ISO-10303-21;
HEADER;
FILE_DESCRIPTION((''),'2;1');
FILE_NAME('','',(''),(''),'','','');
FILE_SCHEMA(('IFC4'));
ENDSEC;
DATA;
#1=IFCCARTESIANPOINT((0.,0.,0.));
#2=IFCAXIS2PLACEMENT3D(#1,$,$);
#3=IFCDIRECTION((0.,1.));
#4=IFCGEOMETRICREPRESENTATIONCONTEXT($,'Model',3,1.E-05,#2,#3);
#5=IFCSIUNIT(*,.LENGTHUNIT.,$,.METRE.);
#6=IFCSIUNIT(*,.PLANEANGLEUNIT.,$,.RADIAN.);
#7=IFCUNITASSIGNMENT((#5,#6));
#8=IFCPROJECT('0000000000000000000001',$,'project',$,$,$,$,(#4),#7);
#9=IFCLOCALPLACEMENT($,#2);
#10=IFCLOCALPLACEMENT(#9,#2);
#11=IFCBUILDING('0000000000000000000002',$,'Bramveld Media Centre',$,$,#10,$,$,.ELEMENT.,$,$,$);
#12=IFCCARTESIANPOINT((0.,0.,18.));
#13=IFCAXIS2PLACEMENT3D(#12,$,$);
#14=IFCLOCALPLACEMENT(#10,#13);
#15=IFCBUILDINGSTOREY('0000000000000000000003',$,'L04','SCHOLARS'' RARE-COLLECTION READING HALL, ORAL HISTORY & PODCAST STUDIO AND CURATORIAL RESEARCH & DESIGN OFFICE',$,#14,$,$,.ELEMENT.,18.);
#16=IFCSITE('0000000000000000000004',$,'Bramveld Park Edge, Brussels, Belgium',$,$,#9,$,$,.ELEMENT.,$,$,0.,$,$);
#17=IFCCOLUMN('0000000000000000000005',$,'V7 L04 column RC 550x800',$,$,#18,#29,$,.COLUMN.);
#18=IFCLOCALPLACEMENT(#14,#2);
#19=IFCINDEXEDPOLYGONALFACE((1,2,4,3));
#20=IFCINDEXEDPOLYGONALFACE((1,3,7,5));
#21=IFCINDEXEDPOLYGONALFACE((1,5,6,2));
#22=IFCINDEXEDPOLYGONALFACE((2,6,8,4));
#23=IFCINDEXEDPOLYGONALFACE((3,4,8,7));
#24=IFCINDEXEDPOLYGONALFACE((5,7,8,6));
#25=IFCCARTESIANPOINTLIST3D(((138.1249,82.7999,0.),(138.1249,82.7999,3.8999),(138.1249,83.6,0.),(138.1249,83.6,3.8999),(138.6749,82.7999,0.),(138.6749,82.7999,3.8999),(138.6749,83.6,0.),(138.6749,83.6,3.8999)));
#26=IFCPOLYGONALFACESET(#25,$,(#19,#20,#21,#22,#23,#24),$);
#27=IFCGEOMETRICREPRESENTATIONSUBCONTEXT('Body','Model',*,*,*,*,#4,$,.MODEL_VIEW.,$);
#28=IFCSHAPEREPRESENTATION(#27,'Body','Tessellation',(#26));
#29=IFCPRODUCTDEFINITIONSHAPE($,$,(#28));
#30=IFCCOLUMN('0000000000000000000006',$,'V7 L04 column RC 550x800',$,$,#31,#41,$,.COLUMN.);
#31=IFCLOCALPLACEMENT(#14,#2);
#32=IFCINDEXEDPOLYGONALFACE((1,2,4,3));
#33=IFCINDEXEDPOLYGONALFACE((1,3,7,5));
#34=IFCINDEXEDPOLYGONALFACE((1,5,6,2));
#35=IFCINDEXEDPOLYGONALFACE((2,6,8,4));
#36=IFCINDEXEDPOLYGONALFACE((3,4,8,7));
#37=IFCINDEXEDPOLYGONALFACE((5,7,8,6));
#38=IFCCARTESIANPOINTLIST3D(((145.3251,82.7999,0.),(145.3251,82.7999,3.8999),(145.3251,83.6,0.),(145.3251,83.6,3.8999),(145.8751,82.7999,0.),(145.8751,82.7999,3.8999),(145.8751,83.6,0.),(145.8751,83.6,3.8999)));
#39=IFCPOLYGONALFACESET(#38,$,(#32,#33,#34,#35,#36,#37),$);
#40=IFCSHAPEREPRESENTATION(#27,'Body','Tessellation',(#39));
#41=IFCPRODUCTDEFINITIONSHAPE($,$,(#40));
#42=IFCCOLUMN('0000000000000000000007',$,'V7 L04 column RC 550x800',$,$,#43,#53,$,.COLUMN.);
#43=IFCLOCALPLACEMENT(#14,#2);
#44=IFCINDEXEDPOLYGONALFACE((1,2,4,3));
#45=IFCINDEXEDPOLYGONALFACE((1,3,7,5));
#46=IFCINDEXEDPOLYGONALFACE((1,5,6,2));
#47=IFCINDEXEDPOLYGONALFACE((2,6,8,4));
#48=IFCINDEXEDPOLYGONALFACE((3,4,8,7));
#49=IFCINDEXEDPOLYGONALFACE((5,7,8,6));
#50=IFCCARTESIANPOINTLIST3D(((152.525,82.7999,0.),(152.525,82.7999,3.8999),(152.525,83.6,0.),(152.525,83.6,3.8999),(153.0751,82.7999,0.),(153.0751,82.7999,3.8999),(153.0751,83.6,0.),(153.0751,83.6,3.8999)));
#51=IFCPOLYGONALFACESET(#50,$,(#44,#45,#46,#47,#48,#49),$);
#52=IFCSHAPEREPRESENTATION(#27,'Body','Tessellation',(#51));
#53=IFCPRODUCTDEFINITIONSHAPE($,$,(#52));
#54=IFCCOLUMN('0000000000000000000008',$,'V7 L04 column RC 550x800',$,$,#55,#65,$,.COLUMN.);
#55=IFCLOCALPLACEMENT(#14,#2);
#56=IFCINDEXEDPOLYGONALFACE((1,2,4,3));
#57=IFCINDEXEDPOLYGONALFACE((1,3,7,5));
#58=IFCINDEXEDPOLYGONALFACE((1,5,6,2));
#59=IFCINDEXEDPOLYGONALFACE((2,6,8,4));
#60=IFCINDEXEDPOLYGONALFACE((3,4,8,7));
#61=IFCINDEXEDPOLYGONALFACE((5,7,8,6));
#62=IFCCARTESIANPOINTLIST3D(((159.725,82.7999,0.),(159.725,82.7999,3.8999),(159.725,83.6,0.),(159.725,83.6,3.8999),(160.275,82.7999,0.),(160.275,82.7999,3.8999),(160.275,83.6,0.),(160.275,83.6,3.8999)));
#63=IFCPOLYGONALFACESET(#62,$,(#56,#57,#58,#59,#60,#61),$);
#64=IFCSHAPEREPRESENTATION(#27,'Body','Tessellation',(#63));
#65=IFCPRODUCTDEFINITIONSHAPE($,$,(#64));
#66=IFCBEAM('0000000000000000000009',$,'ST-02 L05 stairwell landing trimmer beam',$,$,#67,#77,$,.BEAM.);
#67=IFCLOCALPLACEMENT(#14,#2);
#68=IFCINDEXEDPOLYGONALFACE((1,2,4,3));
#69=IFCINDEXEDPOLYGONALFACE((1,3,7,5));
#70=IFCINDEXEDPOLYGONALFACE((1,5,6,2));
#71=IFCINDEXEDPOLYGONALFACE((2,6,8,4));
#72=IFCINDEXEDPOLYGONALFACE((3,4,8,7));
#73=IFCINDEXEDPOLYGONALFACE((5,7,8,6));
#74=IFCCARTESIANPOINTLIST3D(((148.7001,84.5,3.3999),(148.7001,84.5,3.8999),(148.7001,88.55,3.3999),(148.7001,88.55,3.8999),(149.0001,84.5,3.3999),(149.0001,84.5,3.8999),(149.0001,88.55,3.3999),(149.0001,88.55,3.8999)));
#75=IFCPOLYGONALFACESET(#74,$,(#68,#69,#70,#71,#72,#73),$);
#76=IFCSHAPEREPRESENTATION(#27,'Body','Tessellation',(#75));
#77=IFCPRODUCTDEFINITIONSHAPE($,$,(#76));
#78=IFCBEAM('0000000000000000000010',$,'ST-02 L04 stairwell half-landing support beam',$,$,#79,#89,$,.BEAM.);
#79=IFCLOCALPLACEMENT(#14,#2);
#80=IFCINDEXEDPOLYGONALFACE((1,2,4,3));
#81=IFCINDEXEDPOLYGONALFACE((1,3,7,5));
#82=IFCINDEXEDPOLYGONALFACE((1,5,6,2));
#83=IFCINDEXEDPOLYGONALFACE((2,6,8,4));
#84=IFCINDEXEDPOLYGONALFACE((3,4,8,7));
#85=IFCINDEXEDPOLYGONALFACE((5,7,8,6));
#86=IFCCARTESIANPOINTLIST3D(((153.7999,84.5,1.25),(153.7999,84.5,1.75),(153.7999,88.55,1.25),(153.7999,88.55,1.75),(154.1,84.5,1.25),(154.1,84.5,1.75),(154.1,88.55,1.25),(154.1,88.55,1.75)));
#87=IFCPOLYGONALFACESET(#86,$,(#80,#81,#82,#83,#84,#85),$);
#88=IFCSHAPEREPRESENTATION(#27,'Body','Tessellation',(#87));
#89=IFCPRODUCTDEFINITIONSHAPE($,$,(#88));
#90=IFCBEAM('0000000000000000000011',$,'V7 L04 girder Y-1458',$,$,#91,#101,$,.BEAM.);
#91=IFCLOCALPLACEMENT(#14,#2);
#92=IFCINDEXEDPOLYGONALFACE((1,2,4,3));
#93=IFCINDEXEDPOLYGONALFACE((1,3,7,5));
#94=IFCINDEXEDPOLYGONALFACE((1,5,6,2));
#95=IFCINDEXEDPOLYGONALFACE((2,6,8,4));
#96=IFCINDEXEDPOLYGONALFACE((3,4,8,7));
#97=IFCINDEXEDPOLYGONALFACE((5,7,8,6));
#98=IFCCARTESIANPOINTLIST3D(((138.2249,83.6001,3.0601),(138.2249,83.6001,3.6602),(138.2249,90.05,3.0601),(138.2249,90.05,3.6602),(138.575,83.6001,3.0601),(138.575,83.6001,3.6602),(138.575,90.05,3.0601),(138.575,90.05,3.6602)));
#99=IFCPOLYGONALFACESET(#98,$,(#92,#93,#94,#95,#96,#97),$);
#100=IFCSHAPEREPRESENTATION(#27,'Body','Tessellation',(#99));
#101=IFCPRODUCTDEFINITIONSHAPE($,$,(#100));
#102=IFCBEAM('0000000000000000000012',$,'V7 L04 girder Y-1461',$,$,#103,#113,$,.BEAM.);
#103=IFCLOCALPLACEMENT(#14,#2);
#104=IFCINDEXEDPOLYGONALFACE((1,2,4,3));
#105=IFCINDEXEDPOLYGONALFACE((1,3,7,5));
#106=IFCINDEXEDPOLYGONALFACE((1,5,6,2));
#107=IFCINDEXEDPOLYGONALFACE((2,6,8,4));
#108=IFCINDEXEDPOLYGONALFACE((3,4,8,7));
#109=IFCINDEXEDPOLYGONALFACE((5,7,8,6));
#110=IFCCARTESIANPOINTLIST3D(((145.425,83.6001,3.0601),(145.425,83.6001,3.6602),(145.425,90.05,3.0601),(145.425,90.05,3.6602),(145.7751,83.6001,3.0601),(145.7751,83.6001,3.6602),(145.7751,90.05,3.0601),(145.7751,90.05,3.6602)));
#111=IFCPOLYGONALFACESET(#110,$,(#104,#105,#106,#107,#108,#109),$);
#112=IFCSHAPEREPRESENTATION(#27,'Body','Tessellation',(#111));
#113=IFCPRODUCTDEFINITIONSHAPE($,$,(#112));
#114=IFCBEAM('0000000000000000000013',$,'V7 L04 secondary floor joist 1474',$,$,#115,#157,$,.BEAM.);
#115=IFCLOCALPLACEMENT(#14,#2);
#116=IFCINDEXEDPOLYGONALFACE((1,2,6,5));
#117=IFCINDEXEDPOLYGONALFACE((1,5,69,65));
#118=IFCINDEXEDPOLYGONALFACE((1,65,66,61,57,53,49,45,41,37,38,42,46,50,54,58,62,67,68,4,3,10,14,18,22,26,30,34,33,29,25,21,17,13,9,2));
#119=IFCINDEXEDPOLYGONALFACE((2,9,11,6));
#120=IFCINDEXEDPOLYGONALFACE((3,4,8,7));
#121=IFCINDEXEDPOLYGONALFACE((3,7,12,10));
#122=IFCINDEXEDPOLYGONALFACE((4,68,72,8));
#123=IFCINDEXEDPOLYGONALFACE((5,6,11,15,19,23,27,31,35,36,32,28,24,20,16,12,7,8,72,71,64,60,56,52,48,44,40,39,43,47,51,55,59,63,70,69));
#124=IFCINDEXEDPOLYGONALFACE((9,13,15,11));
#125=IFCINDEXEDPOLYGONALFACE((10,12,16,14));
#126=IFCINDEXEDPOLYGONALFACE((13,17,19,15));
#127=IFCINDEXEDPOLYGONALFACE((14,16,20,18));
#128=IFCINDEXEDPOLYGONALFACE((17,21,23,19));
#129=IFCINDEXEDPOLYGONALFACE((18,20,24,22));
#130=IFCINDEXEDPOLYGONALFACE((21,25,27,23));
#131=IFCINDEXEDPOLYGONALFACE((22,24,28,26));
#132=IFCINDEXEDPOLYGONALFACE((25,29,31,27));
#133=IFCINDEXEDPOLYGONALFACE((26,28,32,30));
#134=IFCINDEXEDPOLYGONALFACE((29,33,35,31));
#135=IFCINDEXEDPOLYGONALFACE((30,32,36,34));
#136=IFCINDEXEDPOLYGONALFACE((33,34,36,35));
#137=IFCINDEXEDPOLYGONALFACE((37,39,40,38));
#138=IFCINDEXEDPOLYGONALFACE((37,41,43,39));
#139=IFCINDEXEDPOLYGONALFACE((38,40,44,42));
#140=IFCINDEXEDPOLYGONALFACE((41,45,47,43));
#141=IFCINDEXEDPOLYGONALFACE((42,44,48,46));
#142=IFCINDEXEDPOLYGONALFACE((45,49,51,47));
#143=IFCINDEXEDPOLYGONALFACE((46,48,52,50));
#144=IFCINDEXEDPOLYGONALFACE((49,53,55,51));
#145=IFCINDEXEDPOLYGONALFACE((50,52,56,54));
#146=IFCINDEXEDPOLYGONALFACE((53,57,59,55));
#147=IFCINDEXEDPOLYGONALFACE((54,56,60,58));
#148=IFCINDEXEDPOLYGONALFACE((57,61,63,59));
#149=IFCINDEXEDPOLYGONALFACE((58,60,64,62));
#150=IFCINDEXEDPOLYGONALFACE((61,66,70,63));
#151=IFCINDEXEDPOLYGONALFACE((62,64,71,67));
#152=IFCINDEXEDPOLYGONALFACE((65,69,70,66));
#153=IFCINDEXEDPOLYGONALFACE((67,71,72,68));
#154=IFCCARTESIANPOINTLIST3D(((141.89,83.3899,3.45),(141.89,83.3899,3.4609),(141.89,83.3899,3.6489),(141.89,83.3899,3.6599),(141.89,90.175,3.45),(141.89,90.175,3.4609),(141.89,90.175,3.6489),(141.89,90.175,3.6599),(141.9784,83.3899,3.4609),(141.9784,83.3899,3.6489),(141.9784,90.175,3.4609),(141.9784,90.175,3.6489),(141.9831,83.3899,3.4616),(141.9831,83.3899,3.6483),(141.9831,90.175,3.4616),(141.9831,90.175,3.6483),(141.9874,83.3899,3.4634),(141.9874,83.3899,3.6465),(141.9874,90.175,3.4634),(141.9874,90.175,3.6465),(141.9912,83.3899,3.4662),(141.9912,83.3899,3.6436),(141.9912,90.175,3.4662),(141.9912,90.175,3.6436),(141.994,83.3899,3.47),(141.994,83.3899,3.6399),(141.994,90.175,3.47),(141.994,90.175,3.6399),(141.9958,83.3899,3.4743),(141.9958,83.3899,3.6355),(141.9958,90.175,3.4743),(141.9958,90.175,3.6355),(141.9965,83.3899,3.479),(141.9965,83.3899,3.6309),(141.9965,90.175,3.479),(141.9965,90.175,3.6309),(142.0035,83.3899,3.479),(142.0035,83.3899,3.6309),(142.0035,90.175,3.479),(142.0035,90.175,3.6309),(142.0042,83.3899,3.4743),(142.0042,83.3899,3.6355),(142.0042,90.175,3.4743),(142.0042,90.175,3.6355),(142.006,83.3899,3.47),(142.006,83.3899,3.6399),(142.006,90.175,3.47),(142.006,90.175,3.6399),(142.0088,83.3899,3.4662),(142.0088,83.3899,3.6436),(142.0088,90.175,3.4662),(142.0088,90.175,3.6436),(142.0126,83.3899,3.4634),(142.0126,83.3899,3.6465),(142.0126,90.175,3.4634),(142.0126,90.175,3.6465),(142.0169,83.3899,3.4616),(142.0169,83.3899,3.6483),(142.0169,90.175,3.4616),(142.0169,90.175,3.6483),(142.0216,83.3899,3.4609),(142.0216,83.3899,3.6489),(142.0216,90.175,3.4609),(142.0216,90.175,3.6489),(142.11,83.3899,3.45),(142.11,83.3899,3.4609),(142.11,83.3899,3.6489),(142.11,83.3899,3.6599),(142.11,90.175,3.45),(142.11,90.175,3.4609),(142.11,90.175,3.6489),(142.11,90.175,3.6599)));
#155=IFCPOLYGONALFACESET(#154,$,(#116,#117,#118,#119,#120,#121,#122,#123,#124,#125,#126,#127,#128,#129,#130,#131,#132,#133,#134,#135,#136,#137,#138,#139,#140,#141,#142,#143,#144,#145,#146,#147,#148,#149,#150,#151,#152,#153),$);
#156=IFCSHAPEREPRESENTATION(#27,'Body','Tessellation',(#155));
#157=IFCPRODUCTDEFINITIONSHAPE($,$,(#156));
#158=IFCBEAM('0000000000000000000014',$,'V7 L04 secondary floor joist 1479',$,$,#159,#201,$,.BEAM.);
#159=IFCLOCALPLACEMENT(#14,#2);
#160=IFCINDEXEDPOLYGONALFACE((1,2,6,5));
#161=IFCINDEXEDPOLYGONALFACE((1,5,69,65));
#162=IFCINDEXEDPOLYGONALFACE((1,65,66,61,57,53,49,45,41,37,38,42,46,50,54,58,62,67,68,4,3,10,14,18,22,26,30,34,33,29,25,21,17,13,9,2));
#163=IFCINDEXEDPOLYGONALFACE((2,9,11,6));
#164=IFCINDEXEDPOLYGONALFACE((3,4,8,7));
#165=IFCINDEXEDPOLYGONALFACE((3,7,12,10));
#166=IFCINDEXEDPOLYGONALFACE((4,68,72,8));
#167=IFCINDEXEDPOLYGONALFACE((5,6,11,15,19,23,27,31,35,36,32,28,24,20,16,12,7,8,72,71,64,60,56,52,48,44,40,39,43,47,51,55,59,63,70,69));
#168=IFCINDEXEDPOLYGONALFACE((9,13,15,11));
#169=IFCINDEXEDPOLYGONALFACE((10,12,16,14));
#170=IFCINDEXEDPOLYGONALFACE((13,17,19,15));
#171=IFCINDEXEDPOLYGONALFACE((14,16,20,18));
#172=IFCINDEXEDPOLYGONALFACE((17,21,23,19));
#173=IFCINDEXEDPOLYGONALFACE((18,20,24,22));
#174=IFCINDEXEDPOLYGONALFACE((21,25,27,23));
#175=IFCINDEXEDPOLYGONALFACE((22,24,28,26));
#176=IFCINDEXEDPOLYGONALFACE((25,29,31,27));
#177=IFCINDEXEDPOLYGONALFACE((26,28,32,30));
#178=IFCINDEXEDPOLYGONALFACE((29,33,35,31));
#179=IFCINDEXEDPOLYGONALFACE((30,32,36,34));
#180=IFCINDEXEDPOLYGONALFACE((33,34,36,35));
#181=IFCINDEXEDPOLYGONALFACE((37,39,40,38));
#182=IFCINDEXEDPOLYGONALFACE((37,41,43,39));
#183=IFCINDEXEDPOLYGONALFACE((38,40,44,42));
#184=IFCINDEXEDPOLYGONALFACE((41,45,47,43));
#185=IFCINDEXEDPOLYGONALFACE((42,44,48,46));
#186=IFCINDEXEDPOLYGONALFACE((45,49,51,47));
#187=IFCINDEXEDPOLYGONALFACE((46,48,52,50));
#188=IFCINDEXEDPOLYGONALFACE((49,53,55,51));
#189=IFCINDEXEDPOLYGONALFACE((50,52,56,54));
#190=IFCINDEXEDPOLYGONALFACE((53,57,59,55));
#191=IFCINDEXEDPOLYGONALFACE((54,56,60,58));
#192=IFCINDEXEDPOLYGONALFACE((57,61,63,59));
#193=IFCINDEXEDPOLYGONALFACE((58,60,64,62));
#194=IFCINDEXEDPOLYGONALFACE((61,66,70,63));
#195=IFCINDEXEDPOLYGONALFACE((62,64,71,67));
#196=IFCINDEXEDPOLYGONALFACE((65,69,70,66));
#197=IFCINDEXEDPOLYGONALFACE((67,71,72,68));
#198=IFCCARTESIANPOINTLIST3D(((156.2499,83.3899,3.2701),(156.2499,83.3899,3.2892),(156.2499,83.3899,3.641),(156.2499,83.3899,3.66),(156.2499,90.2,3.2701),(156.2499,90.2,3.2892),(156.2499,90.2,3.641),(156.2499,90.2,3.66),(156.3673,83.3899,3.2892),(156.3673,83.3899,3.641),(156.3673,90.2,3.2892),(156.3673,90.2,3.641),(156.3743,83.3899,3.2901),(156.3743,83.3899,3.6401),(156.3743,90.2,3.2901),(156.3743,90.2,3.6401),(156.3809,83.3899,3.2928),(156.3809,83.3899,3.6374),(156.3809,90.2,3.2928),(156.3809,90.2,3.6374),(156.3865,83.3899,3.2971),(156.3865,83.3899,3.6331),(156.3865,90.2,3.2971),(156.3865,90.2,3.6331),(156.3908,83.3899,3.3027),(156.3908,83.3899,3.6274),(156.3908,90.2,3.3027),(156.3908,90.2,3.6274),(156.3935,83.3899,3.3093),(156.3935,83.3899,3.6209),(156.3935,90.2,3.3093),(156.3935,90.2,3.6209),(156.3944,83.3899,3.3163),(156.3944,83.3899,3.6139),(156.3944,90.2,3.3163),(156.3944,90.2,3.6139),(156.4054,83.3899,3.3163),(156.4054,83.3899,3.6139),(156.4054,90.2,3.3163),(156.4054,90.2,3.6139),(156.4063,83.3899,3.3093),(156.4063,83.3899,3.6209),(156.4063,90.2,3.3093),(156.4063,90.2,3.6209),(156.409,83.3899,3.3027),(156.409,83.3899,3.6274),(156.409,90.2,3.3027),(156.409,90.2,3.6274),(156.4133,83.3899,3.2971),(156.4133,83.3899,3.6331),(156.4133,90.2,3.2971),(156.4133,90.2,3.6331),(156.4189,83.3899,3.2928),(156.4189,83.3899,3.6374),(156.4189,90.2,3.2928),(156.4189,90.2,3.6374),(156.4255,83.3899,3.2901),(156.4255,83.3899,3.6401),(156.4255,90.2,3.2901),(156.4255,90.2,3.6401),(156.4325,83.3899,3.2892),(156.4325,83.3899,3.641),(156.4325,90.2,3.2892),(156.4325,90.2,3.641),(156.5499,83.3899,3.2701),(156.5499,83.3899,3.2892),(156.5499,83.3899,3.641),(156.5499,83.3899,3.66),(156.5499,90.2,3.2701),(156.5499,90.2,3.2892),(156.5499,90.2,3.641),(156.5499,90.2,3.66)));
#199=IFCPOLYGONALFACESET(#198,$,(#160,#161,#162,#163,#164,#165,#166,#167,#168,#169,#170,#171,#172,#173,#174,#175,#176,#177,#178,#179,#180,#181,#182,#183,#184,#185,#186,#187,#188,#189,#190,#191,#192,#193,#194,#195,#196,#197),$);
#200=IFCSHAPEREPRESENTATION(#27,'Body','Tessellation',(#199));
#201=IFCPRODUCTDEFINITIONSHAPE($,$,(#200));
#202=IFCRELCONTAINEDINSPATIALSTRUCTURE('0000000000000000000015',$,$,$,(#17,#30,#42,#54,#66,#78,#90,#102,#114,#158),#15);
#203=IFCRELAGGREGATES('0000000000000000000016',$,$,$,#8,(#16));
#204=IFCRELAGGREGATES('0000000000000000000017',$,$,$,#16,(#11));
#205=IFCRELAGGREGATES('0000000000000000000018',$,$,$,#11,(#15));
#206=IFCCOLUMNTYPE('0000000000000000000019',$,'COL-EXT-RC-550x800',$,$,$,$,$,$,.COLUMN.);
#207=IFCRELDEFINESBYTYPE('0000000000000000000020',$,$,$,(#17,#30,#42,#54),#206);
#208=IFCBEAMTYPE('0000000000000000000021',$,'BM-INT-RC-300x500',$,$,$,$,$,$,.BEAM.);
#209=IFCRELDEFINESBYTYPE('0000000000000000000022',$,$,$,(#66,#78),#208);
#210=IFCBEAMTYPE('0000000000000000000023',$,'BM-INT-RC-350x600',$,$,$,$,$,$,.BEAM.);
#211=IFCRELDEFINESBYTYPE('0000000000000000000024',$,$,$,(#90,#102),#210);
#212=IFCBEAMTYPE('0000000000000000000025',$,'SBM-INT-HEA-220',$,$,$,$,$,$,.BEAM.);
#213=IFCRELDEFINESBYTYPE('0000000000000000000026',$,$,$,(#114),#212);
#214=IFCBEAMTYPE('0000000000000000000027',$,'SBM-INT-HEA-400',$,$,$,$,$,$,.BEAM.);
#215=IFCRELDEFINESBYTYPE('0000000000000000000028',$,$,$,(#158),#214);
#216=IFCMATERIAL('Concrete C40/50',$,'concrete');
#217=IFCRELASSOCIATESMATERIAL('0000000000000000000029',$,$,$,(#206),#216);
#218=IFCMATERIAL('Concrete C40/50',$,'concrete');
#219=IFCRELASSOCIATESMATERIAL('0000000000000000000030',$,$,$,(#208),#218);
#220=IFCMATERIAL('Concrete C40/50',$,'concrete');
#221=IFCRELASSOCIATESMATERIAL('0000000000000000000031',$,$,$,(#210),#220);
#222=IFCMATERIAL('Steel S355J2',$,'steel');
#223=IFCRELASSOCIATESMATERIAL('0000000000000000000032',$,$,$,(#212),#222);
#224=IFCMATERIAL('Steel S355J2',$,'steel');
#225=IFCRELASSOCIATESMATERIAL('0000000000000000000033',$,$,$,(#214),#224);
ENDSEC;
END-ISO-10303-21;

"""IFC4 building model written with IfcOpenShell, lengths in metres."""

from ifc_helpers import new_model, si_unit, direction, frame, origin, origin_2d, place, context, subcontext, project, spatial, rectangle, i_section, extrude, material, material_profile, profile_set, type_object, element, save


model = new_model("IFC4")

# Units and contexts
model_context = context("Model", 3, precision=1e-05, world=origin(), true_north=direction((0.0, 1.0)))
body_context = subcontext(model_context, "Body", "Model", "MODEL_VIEW")
ifc_project = project(units=[si_unit("LENGTHUNIT", "METRE"), si_unit("PLANEANGLEUNIT", "RADIAN")], contexts=[model_context])

# Site, building, storey
site_placement = place(None, origin())
site = spatial("IfcSite", under=ifc_project, at=site_placement, Name="Bramveld Park Edge, Brussels, Belgium", CompositionType="ELEMENT", RefElevation=0.0)
building_placement = place(site_placement, origin())
building = spatial("IfcBuilding", under=site, at=building_placement, Name="Bramveld Media Centre", CompositionType="ELEMENT")
storey_placement = place(building_placement, frame((0.0, 0.0, 18.0)))
storey = spatial("IfcBuildingStorey", under=building, at=storey_placement, Name="L04", Description="SCHOLARS' RARE-COLLECTION READING HALL, ORAL HISTORY & PODCAST STUDIO AND CURATORIAL RESEARCH & DESIGN OFFICE", CompositionType="ELEMENT", Elevation=18.0)

# Columns
ifc_material_1 = material(Name="Concrete C40/50", Category="concrete")
ifc_material_profile_1 = material_profile(ifc_material_1, rectangle(XDim=0.55, YDim=0.8, at=origin_2d()), Name="RC 550x800")
ifc_profile_set_1 = profile_set([ifc_material_profile_1], Name="Concrete C40/50")
column_type = type_object("IfcColumnType", Name="COL-EXT-RC-550x800", PredefinedType="COLUMN", material=ifc_profile_set_1)
for number, where, z_axis, x_axis, name in (
    (1, (138.3999, 83.2, 0.0), (0.0, 0.0, 1.0), (1.0, 0.0, 0.0), "V7 L04 column RC 550x800"),
    (2, (145.6001, 83.2, 0.0), (0.0, 0.0, 1.0), (1.0, 0.0, 0.0), "V7 L04 column RC 550x800"),
    (3, (152.8, 83.2, 0.0), (0.0, 0.0, 1.0), (1.0, 0.0, 0.0), "V7 L04 column RC 550x800"),
    (4, (160.0, 83.2, 0.0), (0.0, 0.0, 1.0), (1.0, 0.0, 0.0), "V7 L04 column RC 550x800"),
):
    element("IfcColumn", number, at=place(storey_placement, frame(where, z_axis=z_axis, x_axis=x_axis)), inside=storey, type_object=column_type, Name=name, PredefinedType="COLUMN", context=body_context, shape_type="SweptSolid", body=[
        extrude(rectangle(XDim=0.55, YDim=0.8, at=origin_2d()), origin(), (0.0, 0.0, 1.0), 3.8999),
    ])

# Beams
ifc_material_2 = material(Name="Concrete C40/50", Category="concrete")
ifc_material_profile_2 = material_profile(ifc_material_2, rectangle(XDim=0.3, YDim=0.5, at=origin_2d()), Name="RC 300x500")
ifc_profile_set_2 = profile_set([ifc_material_profile_2], Name="Concrete C40/50")
beam_type_1 = type_object("IfcBeamType", Name="BM-INT-RC-300x500", PredefinedType="BEAM", material=ifc_profile_set_2)
for number, where, z_axis, x_axis, name in (
    (5, (148.8501, 84.5, 3.6499), (0.0, 1.0, 0.0), (-1.0, 0.0, 0.0), "ST-02 L05 stairwell landing trimmer beam"),
    (6, (153.95, 84.5, 1.5), (0.0, 1.0, 0.0), (-1.0, 0.0, 0.0), "ST-02 L04 stairwell half-landing support beam"),
):
    element("IfcBeam", number, at=place(storey_placement, frame(where, z_axis=z_axis, x_axis=x_axis)), inside=storey, type_object=beam_type_1, Name=name, PredefinedType="BEAM", context=body_context, shape_type="SweptSolid", body=[
        extrude(rectangle(XDim=0.3, YDim=0.5, at=origin_2d()), origin(), (0.0, 0.0, 1.0), 4.05),
    ])
ifc_material_3 = material(Name="Concrete C40/50", Category="concrete")
ifc_material_profile_3 = material_profile(ifc_material_3, rectangle(XDim=0.3501, YDim=0.6001, at=origin_2d()), Name="RC 350x600")
ifc_profile_set_3 = profile_set([ifc_material_profile_3], Name="Concrete C40/50")
beam_type_2 = type_object("IfcBeamType", Name="BM-INT-RC-350x600", PredefinedType="BEAM", material=ifc_profile_set_3)
for number, where, z_axis, x_axis, name in (
    (7, (138.3999, 83.6001, 3.3601), (0.0, 1.0, 0.0), (-1.0, 0.0, 0.0), "V7 L04 girder Y-1458"),
    (8, (145.6001, 83.6001, 3.3601), (0.0, 1.0, 0.0), (-1.0, 0.0, 0.0), "V7 L04 girder Y-1461"),
):
    element("IfcBeam", number, at=place(storey_placement, frame(where, z_axis=z_axis, x_axis=x_axis)), inside=storey, type_object=beam_type_2, Name=name, PredefinedType="BEAM", context=body_context, shape_type="SweptSolid", body=[
        extrude(rectangle(XDim=0.3501, YDim=0.6001, at=origin_2d()), origin(), (0.0, 0.0, 1.0), 6.45),
    ])
ifc_material_4 = material(Name="Steel S355J2", Category="steel")
ifc_material_profile_4 = material_profile(ifc_material_4, i_section(OverallWidth=0.22, OverallDepth=0.21, WebThickness=0.0071, FlangeThickness=0.011, FilletRadius=0.0181, at=origin_2d()), Name="HEA 220")
ifc_profile_set_4 = profile_set([ifc_material_profile_4], Name="Steel S355J2")
beam_type_3 = type_object("IfcBeamType", Name="SBM-INT-HEA-220", PredefinedType="BEAM", material=ifc_profile_set_4)
beam_1_placement = place(storey_placement, frame((142.0, 83.3899, 3.5549), z_axis=(0.0, 1.0, 0.0), x_axis=(-1.0, 0.0, 0.0)))
element("IfcBeam", 9, at=beam_1_placement, inside=storey, type_object=beam_type_3, Name="V7 L04 secondary floor joist 1474", PredefinedType="BEAM", context=body_context, shape_type="SweptSolid", body=[
    extrude(i_section(OverallWidth=0.22, OverallDepth=0.21, WebThickness=0.0071, FlangeThickness=0.011, FilletRadius=0.0181, at=origin_2d()), origin(), (0.0, 0.0, 1.0), 6.7852),
])
ifc_material_5 = material(Name="Steel S355J2", Category="steel")
ifc_material_profile_5 = material_profile(ifc_material_5, i_section(OverallWidth=0.3, OverallDepth=0.3899, WebThickness=0.011, FlangeThickness=0.019, FilletRadius=0.0271, at=origin_2d()), Name="HEA 400")
ifc_profile_set_5 = profile_set([ifc_material_profile_5], Name="Steel S355J2")
beam_type_4 = type_object("IfcBeamType", Name="SBM-INT-HEA-400", PredefinedType="BEAM", material=ifc_profile_set_5)
beam_2_placement = place(storey_placement, frame((156.3999, 83.3899, 3.4651), z_axis=(0.0, 1.0, 0.0), x_axis=(-1.0, 0.0, 0.0)))
element("IfcBeam", 10, at=beam_2_placement, inside=storey, type_object=beam_type_4, Name="V7 L04 secondary floor joist 1479", PredefinedType="BEAM", context=body_context, shape_type="SweptSolid", body=[
    extrude(i_section(OverallWidth=0.3, OverallDepth=0.3899, WebThickness=0.011, FlangeThickness=0.019, FilletRadius=0.0271, at=origin_2d()), origin(), (0.0, 0.0, 1.0), 6.8101),
])

save(model, "model.ifc")
